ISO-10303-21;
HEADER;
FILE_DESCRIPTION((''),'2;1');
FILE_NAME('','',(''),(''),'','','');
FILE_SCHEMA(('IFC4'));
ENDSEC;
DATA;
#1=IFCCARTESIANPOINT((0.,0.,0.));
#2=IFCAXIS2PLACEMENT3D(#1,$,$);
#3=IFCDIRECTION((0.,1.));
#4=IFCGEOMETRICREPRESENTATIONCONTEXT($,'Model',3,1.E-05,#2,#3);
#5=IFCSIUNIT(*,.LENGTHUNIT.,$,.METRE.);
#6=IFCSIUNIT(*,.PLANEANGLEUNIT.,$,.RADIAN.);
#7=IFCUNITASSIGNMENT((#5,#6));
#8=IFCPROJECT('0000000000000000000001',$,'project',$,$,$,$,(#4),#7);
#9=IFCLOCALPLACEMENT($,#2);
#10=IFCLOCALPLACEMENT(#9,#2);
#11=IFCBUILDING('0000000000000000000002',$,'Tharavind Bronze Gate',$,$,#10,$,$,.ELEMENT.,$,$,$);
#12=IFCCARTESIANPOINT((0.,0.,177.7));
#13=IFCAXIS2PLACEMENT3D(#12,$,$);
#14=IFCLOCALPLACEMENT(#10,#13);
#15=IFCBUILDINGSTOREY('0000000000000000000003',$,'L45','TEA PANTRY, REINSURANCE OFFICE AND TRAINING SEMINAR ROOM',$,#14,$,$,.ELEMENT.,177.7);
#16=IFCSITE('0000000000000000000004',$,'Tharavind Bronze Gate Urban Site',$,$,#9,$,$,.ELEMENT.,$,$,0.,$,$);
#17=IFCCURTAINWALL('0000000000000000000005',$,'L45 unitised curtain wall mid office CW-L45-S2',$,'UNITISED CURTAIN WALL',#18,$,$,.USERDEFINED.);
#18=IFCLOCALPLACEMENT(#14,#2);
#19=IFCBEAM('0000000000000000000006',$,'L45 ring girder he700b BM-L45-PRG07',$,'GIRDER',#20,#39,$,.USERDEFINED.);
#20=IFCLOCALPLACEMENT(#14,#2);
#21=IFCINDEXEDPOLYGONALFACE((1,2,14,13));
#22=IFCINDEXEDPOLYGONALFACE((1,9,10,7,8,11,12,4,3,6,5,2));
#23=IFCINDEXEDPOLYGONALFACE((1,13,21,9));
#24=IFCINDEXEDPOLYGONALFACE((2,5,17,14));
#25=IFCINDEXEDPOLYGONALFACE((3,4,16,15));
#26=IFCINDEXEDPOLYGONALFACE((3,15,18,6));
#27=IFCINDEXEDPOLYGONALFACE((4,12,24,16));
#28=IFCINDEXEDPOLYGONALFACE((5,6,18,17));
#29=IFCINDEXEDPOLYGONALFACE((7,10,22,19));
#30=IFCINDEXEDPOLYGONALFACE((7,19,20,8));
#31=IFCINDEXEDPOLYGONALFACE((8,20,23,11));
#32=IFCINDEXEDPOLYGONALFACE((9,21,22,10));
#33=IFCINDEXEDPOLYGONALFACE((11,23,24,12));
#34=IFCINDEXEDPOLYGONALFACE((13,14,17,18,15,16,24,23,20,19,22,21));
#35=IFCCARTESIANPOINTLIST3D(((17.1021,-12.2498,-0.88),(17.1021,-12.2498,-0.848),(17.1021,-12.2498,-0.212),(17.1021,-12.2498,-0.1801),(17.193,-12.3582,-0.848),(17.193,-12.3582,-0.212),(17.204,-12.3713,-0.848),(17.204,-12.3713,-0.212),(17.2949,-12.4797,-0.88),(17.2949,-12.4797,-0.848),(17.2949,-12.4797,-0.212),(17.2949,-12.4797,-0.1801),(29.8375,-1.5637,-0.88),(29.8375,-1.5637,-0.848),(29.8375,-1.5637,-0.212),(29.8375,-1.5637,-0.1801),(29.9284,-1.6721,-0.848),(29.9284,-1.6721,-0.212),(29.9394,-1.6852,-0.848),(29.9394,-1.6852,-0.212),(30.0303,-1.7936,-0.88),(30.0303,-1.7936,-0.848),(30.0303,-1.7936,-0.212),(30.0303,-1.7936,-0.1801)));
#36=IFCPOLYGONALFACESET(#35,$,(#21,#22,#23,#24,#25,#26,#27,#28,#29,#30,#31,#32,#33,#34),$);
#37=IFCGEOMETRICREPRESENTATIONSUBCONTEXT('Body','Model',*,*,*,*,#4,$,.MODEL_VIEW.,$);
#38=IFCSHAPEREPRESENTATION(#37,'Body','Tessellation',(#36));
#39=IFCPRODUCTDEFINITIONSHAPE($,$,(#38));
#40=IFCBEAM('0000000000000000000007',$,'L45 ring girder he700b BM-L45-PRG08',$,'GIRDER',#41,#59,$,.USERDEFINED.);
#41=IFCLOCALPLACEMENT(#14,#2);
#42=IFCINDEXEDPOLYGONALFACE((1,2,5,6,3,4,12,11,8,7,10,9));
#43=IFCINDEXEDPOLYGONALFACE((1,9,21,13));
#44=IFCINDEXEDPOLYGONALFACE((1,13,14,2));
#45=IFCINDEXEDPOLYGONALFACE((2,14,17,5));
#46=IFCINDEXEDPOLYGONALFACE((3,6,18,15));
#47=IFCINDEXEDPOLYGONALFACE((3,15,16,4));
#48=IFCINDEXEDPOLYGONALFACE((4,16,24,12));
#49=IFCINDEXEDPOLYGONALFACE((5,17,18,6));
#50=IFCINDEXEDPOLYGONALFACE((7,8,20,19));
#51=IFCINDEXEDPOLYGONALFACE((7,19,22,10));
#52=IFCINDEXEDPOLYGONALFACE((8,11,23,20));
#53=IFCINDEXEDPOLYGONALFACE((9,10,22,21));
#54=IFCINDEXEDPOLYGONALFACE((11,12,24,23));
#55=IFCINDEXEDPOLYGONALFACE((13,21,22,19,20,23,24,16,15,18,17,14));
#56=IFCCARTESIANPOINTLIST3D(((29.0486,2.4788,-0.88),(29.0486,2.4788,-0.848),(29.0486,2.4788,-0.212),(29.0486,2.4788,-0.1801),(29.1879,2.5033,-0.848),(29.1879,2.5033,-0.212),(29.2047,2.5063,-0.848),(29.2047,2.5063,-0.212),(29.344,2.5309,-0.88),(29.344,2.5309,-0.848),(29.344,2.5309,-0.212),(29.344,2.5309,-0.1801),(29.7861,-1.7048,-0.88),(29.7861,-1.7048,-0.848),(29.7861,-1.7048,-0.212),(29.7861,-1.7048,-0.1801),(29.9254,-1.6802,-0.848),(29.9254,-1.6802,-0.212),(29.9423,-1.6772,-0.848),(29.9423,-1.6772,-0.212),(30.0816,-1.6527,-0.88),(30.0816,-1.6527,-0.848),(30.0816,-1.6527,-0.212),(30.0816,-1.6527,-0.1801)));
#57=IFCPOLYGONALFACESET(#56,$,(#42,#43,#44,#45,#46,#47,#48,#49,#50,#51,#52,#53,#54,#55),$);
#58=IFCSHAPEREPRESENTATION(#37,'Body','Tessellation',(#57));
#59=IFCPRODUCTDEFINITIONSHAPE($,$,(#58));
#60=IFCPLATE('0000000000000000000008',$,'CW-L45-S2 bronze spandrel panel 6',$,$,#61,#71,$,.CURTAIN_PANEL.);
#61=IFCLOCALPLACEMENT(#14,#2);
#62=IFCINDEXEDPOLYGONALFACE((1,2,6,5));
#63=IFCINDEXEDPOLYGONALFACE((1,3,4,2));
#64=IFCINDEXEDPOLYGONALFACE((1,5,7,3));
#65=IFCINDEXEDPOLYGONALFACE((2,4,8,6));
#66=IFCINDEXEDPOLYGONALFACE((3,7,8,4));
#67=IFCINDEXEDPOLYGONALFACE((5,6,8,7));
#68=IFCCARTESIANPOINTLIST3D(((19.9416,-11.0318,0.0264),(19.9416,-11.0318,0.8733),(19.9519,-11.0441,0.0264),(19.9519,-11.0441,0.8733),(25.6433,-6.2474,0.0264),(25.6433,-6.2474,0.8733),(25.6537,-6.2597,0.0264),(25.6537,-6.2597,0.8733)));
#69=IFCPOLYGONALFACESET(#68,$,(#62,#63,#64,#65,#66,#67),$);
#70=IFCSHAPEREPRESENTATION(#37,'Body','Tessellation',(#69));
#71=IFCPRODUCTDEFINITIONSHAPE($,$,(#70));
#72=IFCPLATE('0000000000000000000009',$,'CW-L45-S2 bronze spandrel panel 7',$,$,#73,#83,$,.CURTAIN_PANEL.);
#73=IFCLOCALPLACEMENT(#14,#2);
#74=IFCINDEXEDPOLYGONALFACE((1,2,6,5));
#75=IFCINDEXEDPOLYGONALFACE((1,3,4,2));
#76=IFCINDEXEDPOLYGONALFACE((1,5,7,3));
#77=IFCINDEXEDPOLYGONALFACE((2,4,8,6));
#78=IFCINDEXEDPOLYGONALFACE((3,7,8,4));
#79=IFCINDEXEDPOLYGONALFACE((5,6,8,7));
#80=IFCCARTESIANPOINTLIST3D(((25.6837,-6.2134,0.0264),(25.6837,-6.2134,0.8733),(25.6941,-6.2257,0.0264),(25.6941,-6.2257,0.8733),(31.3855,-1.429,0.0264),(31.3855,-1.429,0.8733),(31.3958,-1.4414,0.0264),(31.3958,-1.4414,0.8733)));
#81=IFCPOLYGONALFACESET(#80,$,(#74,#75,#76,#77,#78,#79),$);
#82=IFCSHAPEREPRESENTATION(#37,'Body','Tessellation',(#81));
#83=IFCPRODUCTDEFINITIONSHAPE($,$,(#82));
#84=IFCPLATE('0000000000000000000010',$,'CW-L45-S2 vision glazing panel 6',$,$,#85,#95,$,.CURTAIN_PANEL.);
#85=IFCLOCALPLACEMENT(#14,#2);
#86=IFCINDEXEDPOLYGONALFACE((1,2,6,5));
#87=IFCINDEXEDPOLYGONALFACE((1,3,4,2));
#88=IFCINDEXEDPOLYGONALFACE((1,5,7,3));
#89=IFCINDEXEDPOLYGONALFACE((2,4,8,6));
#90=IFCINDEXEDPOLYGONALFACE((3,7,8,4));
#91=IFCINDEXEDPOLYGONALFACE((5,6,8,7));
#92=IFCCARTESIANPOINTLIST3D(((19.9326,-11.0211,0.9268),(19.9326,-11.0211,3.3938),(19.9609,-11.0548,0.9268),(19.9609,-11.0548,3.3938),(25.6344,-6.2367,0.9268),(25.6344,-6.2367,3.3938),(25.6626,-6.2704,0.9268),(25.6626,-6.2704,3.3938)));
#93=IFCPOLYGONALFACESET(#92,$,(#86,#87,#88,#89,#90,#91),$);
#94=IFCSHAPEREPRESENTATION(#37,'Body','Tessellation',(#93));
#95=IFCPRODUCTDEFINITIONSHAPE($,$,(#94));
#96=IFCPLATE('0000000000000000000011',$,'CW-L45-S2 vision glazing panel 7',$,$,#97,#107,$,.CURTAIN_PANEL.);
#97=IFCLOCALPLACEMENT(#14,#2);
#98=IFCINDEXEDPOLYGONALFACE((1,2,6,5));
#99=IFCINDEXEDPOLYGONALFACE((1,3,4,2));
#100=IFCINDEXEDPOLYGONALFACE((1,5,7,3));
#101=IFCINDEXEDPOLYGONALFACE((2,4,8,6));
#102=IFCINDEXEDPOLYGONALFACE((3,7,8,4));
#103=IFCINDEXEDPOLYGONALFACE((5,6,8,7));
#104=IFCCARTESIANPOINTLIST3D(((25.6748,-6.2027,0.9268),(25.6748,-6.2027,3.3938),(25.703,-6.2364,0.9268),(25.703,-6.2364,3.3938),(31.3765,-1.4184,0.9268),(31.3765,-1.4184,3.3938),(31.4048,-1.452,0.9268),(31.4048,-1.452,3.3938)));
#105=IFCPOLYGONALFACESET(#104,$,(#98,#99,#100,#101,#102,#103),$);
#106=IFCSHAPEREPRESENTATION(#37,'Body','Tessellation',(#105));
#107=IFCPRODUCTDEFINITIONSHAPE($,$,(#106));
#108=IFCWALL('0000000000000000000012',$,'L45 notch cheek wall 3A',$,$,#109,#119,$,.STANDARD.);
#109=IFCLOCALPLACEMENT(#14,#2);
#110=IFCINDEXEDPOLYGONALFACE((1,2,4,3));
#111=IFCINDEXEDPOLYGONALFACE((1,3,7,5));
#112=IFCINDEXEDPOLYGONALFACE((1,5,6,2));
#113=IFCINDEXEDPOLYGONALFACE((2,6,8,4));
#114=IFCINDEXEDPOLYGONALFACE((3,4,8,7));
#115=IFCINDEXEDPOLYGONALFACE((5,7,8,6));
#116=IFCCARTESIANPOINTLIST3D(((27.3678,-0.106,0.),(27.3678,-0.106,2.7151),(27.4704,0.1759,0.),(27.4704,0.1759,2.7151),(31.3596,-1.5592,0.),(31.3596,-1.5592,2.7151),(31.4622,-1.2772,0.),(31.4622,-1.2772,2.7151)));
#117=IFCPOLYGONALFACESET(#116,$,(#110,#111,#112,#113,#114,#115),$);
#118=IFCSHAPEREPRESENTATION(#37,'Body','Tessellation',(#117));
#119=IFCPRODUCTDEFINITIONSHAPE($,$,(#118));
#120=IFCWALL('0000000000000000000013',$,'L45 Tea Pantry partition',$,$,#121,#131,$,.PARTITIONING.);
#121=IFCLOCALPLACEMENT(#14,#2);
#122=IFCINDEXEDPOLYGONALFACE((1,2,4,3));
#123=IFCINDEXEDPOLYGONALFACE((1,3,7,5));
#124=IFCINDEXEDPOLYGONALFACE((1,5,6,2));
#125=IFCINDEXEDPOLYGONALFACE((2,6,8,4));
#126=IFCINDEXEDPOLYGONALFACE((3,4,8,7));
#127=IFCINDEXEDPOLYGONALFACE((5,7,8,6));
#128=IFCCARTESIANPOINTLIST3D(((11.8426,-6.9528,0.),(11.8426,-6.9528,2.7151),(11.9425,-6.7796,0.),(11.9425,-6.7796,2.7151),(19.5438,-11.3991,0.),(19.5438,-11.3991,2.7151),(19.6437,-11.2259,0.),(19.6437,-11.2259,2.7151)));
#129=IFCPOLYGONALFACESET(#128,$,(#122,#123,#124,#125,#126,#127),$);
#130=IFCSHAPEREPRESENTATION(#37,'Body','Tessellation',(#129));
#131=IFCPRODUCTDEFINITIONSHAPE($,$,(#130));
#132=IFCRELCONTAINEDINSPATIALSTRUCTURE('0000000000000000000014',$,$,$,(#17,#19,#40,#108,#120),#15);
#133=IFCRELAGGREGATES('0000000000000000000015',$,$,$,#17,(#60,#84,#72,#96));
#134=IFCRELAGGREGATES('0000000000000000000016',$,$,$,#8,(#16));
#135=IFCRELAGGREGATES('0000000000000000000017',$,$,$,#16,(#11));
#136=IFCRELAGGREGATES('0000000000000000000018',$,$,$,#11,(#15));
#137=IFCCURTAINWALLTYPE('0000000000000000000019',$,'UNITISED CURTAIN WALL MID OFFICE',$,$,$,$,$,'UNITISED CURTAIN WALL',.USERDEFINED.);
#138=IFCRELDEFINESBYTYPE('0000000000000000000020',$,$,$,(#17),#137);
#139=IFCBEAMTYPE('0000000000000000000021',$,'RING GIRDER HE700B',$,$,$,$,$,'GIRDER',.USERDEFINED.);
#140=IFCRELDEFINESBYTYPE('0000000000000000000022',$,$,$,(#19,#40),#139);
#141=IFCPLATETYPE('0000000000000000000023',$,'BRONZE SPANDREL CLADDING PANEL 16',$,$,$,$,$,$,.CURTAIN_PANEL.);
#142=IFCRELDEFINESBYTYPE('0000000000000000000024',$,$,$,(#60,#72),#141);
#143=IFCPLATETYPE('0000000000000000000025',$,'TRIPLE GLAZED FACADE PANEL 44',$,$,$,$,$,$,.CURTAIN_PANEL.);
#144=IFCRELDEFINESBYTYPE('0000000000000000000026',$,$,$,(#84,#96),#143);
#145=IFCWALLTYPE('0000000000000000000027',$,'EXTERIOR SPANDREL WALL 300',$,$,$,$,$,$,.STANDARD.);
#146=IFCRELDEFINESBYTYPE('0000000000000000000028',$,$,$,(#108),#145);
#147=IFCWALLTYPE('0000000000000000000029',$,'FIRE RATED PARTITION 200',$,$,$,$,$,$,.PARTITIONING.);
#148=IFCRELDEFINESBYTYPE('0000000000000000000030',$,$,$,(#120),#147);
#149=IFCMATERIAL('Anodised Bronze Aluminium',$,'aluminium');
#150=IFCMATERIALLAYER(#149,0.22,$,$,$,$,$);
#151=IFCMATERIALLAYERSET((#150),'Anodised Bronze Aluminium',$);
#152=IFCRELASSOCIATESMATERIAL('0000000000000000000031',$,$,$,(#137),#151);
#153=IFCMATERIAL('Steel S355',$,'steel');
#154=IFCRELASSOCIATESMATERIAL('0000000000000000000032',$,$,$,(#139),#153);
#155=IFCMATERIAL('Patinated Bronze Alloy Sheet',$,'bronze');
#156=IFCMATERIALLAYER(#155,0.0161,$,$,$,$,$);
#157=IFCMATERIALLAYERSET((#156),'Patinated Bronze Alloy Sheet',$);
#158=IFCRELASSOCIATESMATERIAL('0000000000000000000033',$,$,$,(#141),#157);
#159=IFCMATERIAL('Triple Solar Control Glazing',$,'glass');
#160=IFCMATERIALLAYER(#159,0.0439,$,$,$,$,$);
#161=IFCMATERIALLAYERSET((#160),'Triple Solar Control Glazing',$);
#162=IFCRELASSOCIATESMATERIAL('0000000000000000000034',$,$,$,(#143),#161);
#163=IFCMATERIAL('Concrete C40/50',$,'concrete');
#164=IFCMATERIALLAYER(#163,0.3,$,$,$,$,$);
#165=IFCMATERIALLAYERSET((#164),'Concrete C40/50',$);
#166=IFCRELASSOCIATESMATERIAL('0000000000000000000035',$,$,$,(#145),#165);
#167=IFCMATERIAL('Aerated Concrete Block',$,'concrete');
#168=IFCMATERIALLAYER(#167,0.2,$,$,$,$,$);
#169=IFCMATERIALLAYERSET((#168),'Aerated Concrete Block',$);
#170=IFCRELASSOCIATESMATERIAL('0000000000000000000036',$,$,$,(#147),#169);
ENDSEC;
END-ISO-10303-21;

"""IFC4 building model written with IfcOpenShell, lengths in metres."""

from ifc_helpers import new_model, si_unit, direction, frame, frame_2d, origin, origin_2d, place, context, subcontext, project, spatial, rectangle, i_section, extrude, material, layer, layer_set, material_profile, profile_set, type_object, element, aggregate, save


model = new_model("IFC4")

# Units and contexts
model_context = context("Model", 3, precision=1e-05, world=origin(), true_north=direction((0.0, 1.0)))
body_context = subcontext(model_context, "Body", "Model", "MODEL_VIEW")
ifc_project = project(units=[si_unit("LENGTHUNIT", "METRE"), si_unit("PLANEANGLEUNIT", "RADIAN")], contexts=[model_context])

# Site, building, storey
site_placement = place(None, origin())
site = spatial("IfcSite", under=ifc_project, at=site_placement, Name="Tharavind Bronze Gate Urban Site", CompositionType="ELEMENT", RefElevation=0.0)
building_placement = place(site_placement, origin())
building = spatial("IfcBuilding", under=site, at=building_placement, Name="Tharavind Bronze Gate", CompositionType="ELEMENT")
storey_placement = place(building_placement, frame((0.0, 0.0, 177.7)))
storey = spatial("IfcBuildingStorey", under=building, at=storey_placement, Name="L45", Description="TEA PANTRY, REINSURANCE OFFICE AND TRAINING SEMINAR ROOM", CompositionType="ELEMENT", Elevation=177.7)

# Curtain wall
ifc_material_1 = material(Name="Anodised Bronze Aluminium", Category="aluminium")
ifc_layer_1 = layer(ifc_material_1, 0.22)
ifc_layer_set_1 = layer_set([ifc_layer_1], Name="Anodised Bronze Aluminium")
curtain_wall_type = type_object("IfcCurtainWallType", Name="UNITISED CURTAIN WALL MID OFFICE", ElementType="UNITISED CURTAIN WALL", PredefinedType="USERDEFINED", material=ifc_layer_set_1)
curtain_wall_placement = place(storey_placement, origin())
curtain_wall = element("IfcCurtainWall", 1, at=curtain_wall_placement, inside=storey, type_object=curtain_wall_type, Name="L45 unitised curtain wall mid office CW-L45-S2", ObjectType="UNITISED CURTAIN WALL", PredefinedType="USERDEFINED")

# Beams
ifc_material_2 = material(Name="Steel S355", Category="steel")
ifc_material_profile_1 = material_profile(ifc_material_2, i_section(OverallWidth=0.3, OverallDepth=0.7, WebThickness=0.0171, FlangeThickness=0.032, at=origin_2d()), Name="HE700B")
ifc_profile_set_1 = profile_set([ifc_material_profile_1], Name="Steel S355")
beam_type_1 = type_object("IfcBeamType", Name="RING GIRDER HE700B", ElementType="GIRDER", PredefinedType="USERDEFINED", material=ifc_profile_set_1)
beam_1_placement = place(storey_placement, frame((17.1985, -12.3647, -0.53), z_axis=(0.76605, 0.642781, 0.0), x_axis=(-0.642781, 0.76605, 0.0)))
element("IfcBeam", 2, at=beam_1_placement, inside=storey, type_object=beam_type_1, Name="L45 ring girder he700b BM-L45-PRG07", ObjectType="GIRDER", PredefinedType="USERDEFINED", context=body_context, shape_type="SweptSolid", body=[
    extrude(i_section(OverallWidth=0.3, OverallDepth=0.7, WebThickness=0.0171, FlangeThickness=0.032, at=origin_2d()), origin(), (0.0, 0.0, 1.0), 16.6248),
])
beam_2_placement = place(storey_placement, frame((29.9338, -1.6787, -0.53), z_axis=(-0.173618, 0.984813, 0.0), x_axis=(-0.984813, -0.173618, 0.0)))
element("IfcBeam", 3, at=beam_2_placement, inside=storey, type_object=beam_type_1, Name="L45 ring girder he700b BM-L45-PRG08", ObjectType="GIRDER", PredefinedType="USERDEFINED", context=body_context, shape_type="SweptSolid", body=[
    extrude(i_section(OverallWidth=0.3, OverallDepth=0.7, WebThickness=0.0171, FlangeThickness=0.032, at=origin_2d()), origin(), (0.0, 0.0, 1.0), 4.248),
])

# Plates
ifc_material_3 = material(Name="Patinated Bronze Alloy Sheet", Category="bronze")
ifc_layer_2 = layer(ifc_material_3, 0.0161)
ifc_layer_set_2 = layer_set([ifc_layer_2], Name="Patinated Bronze Alloy Sheet")
plate_type_1 = type_object("IfcPlateType", Name="BRONZE SPANDREL CLADDING PANEL 16", PredefinedType="CURTAIN_PANEL", material=ifc_layer_set_2)
plate_1_placement = place(storey_placement, frame((22.7976, -8.6458, 0.0264), z_axis=(0.0, 0.0, 1.0), x_axis=(0.766043, 0.642789, 0.0)))
plate_1 = element("IfcPlate", 4, at=plate_1_placement, type_object=plate_type_1, Name="CW-L45-S2 bronze spandrel panel 6", PredefinedType="CURTAIN_PANEL", context=body_context, shape_type="SweptSolid", body=[
    extrude(rectangle(XDim=7.4431, YDim=0.0161, at=origin_2d()), origin(), (0.0, 0.0, 1.0), 0.8469),
])
plate_2_placement = place(storey_placement, frame((28.5398, -3.8274, 0.0264), z_axis=(0.0, 0.0, 1.0), x_axis=(0.766043, 0.642789, 0.0)))
plate_2 = element("IfcPlate", 5, at=plate_2_placement, type_object=plate_type_1, Name="CW-L45-S2 bronze spandrel panel 7", PredefinedType="CURTAIN_PANEL", context=body_context, shape_type="SweptSolid", body=[
    extrude(rectangle(XDim=7.4431, YDim=0.0161, at=origin_2d()), origin(), (0.0, 0.0, 1.0), 0.8469),
])
ifc_material_4 = material(Name="Triple Solar Control Glazing", Category="glass")
ifc_layer_3 = layer(ifc_material_4, 0.0439)
ifc_layer_set_3 = layer_set([ifc_layer_3], Name="Triple Solar Control Glazing")
plate_type_2 = type_object("IfcPlateType", Name="TRIPLE GLAZED FACADE PANEL 44", PredefinedType="CURTAIN_PANEL", material=ifc_layer_set_3)
plate_3_placement = place(storey_placement, frame((22.7976, -8.6458, 0.9268), z_axis=(0.0, 0.0, 1.0), x_axis=(0.766043, 0.642789, 0.0)))
plate_3 = element("IfcPlate", 6, at=plate_3_placement, type_object=plate_type_2, Name="CW-L45-S2 vision glazing panel 6", PredefinedType="CURTAIN_PANEL", context=body_context, shape_type="SweptSolid", body=[
    extrude(rectangle(XDim=7.4431, YDim=0.0439, at=origin_2d()), origin(), (0.0, 0.0, 1.0), 2.467),
])
plate_4_placement = place(storey_placement, frame((28.5398, -3.8274, 0.9268), z_axis=(0.0, 0.0, 1.0), x_axis=(0.766043, 0.642789, 0.0)))
plate_4 = element("IfcPlate", 7, at=plate_4_placement, type_object=plate_type_2, Name="CW-L45-S2 vision glazing panel 7", PredefinedType="CURTAIN_PANEL", context=body_context, shape_type="SweptSolid", body=[
    extrude(rectangle(XDim=7.4431, YDim=0.0439, at=origin_2d()), origin(), (0.0, 0.0, 1.0), 2.467),
])
aggregate(curtain_wall, [plate_1, plate_3, plate_2, plate_4])

# Walls
ifc_material_5 = material(Name="Concrete C40/50", Category="concrete")
ifc_layer_4 = layer(ifc_material_5, 0.3)
ifc_layer_set_4 = layer_set([ifc_layer_4], Name="Concrete C40/50")
wall_type_1 = type_object("IfcWallType", Name="EXTERIOR SPANDREL WALL 300", PredefinedType="STANDARD", material=ifc_layer_set_4)
wall_1_placement = place(storey_placement, frame((31.4109, -1.4182, 0.0), z_axis=(0.0, 0.0, 1.0), x_axis=(-0.939673, 0.342075, 0.0)))
element("IfcWall", 8, at=wall_1_placement, inside=storey, type_object=wall_type_1, Name="L45 notch cheek wall 3A", PredefinedType="STANDARD", context=body_context, shape_type="SweptSolid", body=[
    extrude(rectangle(XDim=4.248, YDim=0.3, at=frame_2d((2.124, 0.0))), origin(), (0.0, 0.0, 1.0), 2.7151),
])
ifc_material_6 = material(Name="Aerated Concrete Block", Category="concrete")
ifc_layer_5 = layer(ifc_material_6, 0.2)
ifc_layer_set_5 = layer_set([ifc_layer_5], Name="Aerated Concrete Block")
wall_type_2 = type_object("IfcWallType", Name="FIRE RATED PARTITION 200", PredefinedType="PARTITIONING", material=ifc_layer_set_5)
wall_2_placement = place(storey_placement, frame((19.5938, -11.3125, 0.0), z_axis=(0.0, 0.0, 1.0), x_axis=(-0.866025, 0.500001, 0.0)))
element("IfcWall", 9, at=wall_2_placement, inside=storey, type_object=wall_type_2, Name="L45 Tea Pantry partition", PredefinedType="PARTITIONING", context=body_context, shape_type="SweptSolid", body=[
    extrude(rectangle(XDim=8.8926, YDim=0.2, at=frame_2d((4.4463, 0.0))), origin(), (0.0, 0.0, 1.0), 2.7151),
])

save(model, "model.ifc")
